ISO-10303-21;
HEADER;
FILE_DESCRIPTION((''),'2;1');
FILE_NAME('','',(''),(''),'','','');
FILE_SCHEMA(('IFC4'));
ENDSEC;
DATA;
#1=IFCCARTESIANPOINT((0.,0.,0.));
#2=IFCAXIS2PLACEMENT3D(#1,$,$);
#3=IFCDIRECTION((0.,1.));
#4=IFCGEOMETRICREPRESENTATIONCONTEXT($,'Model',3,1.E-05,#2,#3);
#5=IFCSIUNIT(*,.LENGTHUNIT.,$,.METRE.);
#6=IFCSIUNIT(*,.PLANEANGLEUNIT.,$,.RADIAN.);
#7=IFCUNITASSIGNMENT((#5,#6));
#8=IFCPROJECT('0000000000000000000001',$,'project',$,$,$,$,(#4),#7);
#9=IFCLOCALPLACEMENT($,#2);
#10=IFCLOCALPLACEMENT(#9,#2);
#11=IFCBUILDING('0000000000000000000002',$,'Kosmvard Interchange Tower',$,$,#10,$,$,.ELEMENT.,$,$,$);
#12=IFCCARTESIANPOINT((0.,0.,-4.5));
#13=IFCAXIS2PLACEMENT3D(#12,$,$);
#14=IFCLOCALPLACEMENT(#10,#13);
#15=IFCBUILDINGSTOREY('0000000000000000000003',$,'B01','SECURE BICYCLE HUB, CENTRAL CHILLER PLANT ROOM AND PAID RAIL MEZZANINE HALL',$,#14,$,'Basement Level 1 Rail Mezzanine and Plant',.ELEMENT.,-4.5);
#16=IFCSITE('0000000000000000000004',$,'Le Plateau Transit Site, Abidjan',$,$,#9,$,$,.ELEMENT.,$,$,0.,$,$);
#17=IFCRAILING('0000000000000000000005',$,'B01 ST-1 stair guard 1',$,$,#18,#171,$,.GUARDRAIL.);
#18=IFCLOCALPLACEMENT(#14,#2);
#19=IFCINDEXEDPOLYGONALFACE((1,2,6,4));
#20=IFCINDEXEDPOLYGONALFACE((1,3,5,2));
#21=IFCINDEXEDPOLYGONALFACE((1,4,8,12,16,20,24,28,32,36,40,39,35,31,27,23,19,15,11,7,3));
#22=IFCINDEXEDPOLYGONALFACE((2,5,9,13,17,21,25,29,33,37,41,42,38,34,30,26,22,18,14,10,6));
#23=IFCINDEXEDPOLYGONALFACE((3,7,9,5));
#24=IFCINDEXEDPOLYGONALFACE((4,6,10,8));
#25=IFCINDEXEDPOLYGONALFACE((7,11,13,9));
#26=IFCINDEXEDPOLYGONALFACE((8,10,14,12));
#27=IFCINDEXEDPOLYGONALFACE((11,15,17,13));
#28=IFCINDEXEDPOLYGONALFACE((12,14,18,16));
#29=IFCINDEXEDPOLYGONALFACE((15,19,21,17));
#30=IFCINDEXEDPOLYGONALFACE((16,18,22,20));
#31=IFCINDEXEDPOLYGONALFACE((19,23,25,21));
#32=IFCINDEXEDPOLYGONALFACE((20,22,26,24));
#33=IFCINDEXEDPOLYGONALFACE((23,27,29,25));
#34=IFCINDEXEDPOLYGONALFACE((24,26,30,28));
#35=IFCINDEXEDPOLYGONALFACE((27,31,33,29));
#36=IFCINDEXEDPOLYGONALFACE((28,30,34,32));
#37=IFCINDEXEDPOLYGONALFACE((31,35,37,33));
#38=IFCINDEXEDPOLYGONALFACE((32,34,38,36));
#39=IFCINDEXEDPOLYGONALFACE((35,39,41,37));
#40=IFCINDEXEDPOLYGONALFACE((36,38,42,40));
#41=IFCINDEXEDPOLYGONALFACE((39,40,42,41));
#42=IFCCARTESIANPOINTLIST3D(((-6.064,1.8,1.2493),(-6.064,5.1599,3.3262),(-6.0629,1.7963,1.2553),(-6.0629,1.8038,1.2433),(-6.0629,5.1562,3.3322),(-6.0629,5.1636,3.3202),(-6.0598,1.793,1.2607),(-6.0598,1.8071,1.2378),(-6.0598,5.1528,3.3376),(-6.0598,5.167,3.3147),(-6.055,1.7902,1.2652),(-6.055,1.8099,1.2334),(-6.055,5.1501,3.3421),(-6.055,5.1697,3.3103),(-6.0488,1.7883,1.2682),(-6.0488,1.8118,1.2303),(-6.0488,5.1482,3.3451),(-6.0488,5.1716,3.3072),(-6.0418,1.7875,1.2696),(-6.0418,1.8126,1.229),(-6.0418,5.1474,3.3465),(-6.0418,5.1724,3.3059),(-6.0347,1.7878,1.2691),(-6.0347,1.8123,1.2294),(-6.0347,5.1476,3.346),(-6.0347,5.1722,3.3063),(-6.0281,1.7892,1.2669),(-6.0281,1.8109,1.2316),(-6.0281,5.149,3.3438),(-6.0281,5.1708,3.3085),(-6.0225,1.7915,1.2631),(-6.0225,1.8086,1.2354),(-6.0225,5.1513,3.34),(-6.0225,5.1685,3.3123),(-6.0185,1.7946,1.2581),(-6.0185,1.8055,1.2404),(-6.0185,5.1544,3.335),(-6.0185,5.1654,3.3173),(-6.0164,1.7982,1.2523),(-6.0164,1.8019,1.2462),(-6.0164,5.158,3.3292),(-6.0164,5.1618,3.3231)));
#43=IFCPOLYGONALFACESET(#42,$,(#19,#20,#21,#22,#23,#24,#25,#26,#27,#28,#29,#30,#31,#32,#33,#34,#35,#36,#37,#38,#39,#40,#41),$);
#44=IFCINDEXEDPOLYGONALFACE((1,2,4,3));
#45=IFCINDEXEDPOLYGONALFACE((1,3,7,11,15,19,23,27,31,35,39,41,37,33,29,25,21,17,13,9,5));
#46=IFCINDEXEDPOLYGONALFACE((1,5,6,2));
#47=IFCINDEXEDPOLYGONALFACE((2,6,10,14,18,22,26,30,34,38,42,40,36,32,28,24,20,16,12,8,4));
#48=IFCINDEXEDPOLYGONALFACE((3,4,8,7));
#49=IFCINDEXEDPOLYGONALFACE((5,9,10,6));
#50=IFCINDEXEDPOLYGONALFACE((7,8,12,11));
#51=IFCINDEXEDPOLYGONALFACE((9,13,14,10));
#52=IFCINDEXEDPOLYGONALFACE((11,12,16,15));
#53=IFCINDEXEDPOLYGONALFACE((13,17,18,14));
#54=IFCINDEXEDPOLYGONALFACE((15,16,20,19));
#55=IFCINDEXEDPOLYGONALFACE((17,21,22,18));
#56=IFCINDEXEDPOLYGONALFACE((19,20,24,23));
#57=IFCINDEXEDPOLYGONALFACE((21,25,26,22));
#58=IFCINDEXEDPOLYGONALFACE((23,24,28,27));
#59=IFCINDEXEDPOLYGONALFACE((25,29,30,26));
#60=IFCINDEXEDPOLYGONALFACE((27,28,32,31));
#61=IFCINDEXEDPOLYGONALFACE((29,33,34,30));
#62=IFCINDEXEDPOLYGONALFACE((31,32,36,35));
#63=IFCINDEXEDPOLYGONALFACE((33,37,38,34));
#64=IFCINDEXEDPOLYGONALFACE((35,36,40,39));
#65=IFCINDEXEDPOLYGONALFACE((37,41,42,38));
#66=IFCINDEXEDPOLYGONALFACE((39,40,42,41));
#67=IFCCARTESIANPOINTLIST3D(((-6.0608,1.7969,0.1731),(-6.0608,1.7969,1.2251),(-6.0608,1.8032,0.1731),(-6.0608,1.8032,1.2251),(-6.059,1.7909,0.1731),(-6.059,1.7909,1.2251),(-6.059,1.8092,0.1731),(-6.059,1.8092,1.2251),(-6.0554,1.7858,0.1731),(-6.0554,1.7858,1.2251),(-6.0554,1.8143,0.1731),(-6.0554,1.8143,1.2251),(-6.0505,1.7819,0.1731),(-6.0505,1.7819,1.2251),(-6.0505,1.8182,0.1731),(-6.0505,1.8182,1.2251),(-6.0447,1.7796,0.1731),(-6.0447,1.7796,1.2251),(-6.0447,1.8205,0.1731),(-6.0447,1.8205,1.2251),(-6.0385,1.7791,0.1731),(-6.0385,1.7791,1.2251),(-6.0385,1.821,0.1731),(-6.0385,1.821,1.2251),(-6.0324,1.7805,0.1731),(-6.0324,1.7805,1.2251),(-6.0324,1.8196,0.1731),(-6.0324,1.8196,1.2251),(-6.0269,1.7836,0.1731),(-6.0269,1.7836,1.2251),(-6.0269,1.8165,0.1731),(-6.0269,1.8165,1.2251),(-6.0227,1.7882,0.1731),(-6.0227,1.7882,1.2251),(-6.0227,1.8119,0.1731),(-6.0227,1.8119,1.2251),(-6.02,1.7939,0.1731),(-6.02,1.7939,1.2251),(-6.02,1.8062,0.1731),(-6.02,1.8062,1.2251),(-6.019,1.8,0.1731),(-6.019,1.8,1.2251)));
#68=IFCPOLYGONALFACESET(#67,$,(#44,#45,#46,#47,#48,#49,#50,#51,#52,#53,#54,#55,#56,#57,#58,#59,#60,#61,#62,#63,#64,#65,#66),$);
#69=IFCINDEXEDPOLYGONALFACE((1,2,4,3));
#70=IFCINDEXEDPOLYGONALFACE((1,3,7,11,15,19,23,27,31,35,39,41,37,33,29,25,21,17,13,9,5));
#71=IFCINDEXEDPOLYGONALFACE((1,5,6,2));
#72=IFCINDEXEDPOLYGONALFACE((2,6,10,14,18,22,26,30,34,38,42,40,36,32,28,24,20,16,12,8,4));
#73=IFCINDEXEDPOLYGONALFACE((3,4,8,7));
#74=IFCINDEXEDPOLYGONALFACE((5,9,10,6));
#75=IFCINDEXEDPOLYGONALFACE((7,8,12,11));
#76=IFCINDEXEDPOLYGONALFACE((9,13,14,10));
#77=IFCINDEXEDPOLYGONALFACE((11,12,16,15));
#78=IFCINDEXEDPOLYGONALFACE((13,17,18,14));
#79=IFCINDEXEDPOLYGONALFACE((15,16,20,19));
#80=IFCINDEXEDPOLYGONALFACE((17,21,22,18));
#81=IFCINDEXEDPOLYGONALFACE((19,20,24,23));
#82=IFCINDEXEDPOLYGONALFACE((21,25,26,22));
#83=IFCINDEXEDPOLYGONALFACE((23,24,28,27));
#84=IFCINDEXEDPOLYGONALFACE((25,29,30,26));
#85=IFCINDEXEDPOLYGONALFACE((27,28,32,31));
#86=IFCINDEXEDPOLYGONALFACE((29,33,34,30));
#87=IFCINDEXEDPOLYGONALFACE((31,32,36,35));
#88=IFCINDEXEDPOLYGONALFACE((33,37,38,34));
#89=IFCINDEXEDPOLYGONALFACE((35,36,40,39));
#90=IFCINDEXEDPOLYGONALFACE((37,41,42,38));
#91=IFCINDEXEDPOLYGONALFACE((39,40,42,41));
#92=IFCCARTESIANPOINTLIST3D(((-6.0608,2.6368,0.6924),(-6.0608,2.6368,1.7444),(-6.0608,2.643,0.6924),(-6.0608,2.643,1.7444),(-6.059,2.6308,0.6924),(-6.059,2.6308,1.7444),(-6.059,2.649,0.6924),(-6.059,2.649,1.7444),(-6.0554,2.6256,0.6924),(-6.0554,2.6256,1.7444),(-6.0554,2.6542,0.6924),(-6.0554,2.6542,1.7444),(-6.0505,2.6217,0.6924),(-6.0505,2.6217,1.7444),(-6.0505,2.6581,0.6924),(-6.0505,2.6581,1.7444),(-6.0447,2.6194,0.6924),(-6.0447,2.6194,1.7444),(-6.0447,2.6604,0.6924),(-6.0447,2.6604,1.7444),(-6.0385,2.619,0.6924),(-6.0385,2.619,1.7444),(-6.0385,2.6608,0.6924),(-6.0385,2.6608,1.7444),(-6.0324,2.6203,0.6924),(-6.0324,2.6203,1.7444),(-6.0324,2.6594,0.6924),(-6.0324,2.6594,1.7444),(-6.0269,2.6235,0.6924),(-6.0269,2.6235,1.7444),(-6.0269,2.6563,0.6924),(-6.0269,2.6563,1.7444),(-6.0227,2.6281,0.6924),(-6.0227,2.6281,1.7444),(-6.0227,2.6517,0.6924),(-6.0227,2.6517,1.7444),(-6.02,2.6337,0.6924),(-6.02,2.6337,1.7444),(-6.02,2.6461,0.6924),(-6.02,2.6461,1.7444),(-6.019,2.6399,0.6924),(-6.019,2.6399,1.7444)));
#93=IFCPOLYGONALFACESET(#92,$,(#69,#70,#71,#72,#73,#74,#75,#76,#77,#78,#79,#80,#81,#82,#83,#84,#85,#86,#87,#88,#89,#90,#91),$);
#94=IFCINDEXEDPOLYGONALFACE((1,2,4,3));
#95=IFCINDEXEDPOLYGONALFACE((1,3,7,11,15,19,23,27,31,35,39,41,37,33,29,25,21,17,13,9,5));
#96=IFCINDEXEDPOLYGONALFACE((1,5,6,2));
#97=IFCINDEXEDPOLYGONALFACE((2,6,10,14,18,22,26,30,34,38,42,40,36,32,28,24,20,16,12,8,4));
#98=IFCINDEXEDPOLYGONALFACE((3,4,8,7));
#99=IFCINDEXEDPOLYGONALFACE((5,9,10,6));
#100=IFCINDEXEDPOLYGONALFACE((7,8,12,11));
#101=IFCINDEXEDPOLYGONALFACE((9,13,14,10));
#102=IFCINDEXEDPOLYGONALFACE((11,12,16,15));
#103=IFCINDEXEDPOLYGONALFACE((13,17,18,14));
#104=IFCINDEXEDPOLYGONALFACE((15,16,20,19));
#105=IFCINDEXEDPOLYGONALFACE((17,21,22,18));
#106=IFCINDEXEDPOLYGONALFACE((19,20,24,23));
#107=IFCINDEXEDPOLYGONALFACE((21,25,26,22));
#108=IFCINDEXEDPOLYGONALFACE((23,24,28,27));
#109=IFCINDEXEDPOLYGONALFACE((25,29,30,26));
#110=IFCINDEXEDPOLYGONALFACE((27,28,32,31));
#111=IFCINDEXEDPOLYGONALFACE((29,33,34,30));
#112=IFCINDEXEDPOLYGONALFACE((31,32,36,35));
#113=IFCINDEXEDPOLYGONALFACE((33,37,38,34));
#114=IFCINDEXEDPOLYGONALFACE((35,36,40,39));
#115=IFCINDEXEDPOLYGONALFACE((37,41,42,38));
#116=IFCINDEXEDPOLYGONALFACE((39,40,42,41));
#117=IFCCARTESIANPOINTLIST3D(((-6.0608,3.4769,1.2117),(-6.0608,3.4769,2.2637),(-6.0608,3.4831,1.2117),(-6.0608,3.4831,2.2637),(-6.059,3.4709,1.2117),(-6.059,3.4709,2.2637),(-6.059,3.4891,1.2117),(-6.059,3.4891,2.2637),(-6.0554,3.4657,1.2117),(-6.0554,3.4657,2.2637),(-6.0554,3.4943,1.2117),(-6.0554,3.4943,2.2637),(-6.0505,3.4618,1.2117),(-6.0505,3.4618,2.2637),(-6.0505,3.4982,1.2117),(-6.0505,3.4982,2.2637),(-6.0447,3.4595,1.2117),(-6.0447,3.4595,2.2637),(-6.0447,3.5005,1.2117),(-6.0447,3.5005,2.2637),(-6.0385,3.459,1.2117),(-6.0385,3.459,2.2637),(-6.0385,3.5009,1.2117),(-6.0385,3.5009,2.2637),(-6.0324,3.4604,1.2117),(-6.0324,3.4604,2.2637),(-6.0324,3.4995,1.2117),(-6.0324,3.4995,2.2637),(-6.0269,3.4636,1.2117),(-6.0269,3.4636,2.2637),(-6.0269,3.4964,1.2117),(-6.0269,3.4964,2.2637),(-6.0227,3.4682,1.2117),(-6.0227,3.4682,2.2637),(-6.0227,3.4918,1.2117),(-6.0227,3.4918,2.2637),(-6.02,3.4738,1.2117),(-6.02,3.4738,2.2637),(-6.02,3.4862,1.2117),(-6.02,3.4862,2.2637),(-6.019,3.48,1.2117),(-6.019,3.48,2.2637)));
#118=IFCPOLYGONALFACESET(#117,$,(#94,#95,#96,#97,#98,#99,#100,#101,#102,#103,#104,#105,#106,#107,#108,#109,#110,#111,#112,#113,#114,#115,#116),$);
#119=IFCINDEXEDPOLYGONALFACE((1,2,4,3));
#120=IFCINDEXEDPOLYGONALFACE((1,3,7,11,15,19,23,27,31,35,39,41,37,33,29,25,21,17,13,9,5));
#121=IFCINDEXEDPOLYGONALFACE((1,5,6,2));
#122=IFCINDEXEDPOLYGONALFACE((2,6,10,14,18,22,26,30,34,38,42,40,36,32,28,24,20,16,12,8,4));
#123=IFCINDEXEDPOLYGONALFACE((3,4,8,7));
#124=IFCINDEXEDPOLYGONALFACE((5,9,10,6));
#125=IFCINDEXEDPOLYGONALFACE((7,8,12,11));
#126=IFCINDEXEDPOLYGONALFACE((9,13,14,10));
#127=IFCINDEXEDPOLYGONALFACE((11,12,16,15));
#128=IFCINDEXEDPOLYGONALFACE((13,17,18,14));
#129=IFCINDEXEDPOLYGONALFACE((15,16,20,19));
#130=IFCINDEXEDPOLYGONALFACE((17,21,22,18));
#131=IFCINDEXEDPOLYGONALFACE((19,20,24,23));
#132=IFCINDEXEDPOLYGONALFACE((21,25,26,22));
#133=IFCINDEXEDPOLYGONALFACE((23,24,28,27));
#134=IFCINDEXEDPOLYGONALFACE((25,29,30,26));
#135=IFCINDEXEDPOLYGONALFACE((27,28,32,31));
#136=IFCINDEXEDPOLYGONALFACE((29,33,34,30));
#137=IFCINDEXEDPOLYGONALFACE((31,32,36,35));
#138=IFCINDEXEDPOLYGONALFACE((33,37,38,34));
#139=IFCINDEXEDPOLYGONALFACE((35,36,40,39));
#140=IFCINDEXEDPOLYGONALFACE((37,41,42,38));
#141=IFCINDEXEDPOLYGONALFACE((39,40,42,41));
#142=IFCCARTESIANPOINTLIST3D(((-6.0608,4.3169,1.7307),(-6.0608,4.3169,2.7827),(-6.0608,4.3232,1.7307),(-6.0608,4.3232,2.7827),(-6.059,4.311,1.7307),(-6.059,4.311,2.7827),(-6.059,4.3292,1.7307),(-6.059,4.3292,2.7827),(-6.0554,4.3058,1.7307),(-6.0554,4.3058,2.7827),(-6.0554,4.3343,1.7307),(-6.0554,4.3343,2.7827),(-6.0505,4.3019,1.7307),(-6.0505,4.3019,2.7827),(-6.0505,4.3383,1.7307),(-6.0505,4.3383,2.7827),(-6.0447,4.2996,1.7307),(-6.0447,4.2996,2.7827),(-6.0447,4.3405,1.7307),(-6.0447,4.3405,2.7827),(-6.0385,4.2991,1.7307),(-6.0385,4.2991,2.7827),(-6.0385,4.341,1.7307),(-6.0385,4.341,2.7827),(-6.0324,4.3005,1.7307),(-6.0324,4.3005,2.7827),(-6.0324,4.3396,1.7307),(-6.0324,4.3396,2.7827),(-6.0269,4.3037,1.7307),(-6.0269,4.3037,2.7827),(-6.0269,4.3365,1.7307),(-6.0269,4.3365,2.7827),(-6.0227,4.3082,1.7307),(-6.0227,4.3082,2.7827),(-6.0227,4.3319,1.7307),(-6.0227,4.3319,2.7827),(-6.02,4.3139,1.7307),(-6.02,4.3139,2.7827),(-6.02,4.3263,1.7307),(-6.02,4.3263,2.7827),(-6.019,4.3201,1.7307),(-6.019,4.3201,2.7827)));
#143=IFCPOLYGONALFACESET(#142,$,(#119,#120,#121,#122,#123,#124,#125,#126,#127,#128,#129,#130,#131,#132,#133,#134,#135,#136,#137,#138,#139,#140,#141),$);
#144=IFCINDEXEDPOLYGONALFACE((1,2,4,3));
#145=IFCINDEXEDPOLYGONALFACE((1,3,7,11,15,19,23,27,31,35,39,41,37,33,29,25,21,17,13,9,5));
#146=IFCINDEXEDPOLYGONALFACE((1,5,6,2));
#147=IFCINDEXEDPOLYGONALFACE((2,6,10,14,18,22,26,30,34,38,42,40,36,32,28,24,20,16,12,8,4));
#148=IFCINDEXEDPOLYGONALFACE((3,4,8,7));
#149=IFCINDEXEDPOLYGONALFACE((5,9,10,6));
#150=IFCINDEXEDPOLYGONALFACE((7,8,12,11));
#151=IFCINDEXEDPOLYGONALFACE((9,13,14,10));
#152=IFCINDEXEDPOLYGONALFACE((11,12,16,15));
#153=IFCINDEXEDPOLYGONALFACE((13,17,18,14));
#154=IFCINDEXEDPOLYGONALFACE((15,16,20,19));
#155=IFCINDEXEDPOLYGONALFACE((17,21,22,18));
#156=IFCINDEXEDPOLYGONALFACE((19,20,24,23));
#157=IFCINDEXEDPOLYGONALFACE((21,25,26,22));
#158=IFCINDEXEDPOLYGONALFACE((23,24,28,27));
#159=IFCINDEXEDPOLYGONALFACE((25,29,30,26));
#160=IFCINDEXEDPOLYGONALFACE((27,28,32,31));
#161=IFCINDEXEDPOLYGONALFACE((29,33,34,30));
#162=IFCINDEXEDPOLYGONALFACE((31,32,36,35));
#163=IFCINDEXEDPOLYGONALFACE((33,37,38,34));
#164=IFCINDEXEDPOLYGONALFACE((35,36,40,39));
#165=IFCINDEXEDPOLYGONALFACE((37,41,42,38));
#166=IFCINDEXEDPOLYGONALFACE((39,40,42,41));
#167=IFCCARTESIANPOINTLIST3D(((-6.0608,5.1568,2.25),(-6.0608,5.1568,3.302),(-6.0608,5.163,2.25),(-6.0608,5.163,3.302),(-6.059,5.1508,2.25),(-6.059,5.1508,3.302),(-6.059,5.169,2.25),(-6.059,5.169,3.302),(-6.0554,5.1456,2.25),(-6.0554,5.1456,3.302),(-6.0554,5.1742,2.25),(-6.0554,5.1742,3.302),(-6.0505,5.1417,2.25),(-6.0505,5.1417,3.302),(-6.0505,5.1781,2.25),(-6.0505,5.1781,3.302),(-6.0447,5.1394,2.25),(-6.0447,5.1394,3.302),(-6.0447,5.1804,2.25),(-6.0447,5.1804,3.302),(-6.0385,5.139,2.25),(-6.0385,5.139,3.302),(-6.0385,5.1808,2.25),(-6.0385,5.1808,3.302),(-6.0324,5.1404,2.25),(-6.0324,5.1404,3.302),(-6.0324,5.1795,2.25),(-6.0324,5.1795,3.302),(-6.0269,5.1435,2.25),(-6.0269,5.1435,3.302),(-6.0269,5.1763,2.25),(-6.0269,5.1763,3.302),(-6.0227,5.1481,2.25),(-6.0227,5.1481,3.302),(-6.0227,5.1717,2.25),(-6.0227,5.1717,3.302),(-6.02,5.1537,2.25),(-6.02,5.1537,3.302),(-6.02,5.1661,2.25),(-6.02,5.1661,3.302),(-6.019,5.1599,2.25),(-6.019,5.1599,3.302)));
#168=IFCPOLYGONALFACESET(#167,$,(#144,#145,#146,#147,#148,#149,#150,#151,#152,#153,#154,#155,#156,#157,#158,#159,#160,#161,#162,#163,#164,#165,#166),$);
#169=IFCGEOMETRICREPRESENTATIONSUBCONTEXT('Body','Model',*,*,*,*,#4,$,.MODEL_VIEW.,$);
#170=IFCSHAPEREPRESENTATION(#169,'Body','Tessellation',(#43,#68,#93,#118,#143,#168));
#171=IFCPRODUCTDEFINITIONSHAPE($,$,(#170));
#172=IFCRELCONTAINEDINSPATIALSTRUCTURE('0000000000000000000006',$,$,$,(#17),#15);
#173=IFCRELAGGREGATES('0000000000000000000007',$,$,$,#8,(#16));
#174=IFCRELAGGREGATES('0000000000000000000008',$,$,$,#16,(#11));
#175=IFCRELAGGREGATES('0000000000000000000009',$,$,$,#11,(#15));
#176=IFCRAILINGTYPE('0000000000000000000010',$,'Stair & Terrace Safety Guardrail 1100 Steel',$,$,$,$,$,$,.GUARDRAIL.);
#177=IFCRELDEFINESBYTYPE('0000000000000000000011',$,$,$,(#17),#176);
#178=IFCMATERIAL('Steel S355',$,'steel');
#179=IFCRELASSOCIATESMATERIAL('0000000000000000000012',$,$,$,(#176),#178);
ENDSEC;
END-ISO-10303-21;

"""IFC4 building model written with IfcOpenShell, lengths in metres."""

from ifc_helpers import new_model, si_unit, direction, frame, origin, origin_2d, place, context, subcontext, project, spatial, circle, extrude, source, transform, mapped, material, type_object, element, save


model = new_model("IFC4")

# Units and contexts
model_context = context("Model", 3, precision=1e-05, world=origin(), true_north=direction((0.0, 1.0)))
body_context = subcontext(model_context, "Body", "Model", "MODEL_VIEW")
ifc_project = project(units=[si_unit("LENGTHUNIT", "METRE"), si_unit("PLANEANGLEUNIT", "RADIAN")], contexts=[model_context])

# Site, building, storey
site_placement = place(None, origin())
site = spatial("IfcSite", under=ifc_project, at=site_placement, Name="Le Plateau Transit Site, Abidjan", CompositionType="ELEMENT", RefElevation=0.0)
building_placement = place(site_placement, origin())
building = spatial("IfcBuilding", under=site, at=building_placement, Name="Kosmvard Interchange Tower", CompositionType="ELEMENT")
storey_placement = place(building_placement, frame((0.0, 0.0, -4.5)))
storey = spatial("IfcBuildingStorey", under=building, at=storey_placement, Name="B01", Description="SECURE BICYCLE HUB, CENTRAL CHILLER PLANT ROOM AND PAID RAIL MEZZANINE HALL", LongName="Basement Level 1 Rail Mezzanine and Plant", CompositionType="ELEMENT", Elevation=-4.5)

# Railing
ifc_material_1 = material(Name="Steel S355", Category="steel")
railing_type_1 = type_object("IfcRailingType", Name="Stair & Terrace Safety Guardrail 1100 Steel", PredefinedType="GUARDRAIL", material=ifc_material_1)
shared_shape_1 = source(origin(), body_context, "Body", "SweptSolid", [
    extrude(circle(Radius=0.0239, at=origin_2d()), frame((0.0, 0.0, 1.0762), z_axis=(0.0, 0.850606, 0.525803), x_axis=(-1.0, 0.0, 0.0)), (0.0, 0.0, 1.0), 3.95),
    extrude(circle(Radius=0.021, at=origin_2d()), origin(), (0.0, 0.0, 1.0), 1.052),
    extrude(circle(Radius=0.021, at=origin_2d()), frame((0.0, 0.8398, 0.5193)), (0.0, 0.0, 1.0), 1.052),
    extrude(circle(Radius=0.021, at=origin_2d()), frame((0.0, 1.6799, 1.0386)), (0.0, 0.0, 1.0), 1.052),
    extrude(circle(Radius=0.021, at=origin_2d()), frame((0.0, 2.52, 1.5576)), (0.0, 0.0, 1.0), 1.052),
    extrude(circle(Radius=0.021, at=origin_2d()), frame((0.0, 3.3599, 2.0769)), (0.0, 0.0, 1.0), 1.052),
])
railing_1_placement = place(storey_placement, frame((-6.04, 1.8, 0.1731)))
element("IfcRailing", 1, at=railing_1_placement, inside=storey, type_object=railing_type_1, Name="B01 ST-1 stair guard 1", PredefinedType="GUARDRAIL", context=body_context, shape_type="MappedRepresentation", body=[
    mapped(shared_shape_1, transform((0.0, 0.0, 0.0), scale=1.0)),
])

save(model, "model.ifc")
